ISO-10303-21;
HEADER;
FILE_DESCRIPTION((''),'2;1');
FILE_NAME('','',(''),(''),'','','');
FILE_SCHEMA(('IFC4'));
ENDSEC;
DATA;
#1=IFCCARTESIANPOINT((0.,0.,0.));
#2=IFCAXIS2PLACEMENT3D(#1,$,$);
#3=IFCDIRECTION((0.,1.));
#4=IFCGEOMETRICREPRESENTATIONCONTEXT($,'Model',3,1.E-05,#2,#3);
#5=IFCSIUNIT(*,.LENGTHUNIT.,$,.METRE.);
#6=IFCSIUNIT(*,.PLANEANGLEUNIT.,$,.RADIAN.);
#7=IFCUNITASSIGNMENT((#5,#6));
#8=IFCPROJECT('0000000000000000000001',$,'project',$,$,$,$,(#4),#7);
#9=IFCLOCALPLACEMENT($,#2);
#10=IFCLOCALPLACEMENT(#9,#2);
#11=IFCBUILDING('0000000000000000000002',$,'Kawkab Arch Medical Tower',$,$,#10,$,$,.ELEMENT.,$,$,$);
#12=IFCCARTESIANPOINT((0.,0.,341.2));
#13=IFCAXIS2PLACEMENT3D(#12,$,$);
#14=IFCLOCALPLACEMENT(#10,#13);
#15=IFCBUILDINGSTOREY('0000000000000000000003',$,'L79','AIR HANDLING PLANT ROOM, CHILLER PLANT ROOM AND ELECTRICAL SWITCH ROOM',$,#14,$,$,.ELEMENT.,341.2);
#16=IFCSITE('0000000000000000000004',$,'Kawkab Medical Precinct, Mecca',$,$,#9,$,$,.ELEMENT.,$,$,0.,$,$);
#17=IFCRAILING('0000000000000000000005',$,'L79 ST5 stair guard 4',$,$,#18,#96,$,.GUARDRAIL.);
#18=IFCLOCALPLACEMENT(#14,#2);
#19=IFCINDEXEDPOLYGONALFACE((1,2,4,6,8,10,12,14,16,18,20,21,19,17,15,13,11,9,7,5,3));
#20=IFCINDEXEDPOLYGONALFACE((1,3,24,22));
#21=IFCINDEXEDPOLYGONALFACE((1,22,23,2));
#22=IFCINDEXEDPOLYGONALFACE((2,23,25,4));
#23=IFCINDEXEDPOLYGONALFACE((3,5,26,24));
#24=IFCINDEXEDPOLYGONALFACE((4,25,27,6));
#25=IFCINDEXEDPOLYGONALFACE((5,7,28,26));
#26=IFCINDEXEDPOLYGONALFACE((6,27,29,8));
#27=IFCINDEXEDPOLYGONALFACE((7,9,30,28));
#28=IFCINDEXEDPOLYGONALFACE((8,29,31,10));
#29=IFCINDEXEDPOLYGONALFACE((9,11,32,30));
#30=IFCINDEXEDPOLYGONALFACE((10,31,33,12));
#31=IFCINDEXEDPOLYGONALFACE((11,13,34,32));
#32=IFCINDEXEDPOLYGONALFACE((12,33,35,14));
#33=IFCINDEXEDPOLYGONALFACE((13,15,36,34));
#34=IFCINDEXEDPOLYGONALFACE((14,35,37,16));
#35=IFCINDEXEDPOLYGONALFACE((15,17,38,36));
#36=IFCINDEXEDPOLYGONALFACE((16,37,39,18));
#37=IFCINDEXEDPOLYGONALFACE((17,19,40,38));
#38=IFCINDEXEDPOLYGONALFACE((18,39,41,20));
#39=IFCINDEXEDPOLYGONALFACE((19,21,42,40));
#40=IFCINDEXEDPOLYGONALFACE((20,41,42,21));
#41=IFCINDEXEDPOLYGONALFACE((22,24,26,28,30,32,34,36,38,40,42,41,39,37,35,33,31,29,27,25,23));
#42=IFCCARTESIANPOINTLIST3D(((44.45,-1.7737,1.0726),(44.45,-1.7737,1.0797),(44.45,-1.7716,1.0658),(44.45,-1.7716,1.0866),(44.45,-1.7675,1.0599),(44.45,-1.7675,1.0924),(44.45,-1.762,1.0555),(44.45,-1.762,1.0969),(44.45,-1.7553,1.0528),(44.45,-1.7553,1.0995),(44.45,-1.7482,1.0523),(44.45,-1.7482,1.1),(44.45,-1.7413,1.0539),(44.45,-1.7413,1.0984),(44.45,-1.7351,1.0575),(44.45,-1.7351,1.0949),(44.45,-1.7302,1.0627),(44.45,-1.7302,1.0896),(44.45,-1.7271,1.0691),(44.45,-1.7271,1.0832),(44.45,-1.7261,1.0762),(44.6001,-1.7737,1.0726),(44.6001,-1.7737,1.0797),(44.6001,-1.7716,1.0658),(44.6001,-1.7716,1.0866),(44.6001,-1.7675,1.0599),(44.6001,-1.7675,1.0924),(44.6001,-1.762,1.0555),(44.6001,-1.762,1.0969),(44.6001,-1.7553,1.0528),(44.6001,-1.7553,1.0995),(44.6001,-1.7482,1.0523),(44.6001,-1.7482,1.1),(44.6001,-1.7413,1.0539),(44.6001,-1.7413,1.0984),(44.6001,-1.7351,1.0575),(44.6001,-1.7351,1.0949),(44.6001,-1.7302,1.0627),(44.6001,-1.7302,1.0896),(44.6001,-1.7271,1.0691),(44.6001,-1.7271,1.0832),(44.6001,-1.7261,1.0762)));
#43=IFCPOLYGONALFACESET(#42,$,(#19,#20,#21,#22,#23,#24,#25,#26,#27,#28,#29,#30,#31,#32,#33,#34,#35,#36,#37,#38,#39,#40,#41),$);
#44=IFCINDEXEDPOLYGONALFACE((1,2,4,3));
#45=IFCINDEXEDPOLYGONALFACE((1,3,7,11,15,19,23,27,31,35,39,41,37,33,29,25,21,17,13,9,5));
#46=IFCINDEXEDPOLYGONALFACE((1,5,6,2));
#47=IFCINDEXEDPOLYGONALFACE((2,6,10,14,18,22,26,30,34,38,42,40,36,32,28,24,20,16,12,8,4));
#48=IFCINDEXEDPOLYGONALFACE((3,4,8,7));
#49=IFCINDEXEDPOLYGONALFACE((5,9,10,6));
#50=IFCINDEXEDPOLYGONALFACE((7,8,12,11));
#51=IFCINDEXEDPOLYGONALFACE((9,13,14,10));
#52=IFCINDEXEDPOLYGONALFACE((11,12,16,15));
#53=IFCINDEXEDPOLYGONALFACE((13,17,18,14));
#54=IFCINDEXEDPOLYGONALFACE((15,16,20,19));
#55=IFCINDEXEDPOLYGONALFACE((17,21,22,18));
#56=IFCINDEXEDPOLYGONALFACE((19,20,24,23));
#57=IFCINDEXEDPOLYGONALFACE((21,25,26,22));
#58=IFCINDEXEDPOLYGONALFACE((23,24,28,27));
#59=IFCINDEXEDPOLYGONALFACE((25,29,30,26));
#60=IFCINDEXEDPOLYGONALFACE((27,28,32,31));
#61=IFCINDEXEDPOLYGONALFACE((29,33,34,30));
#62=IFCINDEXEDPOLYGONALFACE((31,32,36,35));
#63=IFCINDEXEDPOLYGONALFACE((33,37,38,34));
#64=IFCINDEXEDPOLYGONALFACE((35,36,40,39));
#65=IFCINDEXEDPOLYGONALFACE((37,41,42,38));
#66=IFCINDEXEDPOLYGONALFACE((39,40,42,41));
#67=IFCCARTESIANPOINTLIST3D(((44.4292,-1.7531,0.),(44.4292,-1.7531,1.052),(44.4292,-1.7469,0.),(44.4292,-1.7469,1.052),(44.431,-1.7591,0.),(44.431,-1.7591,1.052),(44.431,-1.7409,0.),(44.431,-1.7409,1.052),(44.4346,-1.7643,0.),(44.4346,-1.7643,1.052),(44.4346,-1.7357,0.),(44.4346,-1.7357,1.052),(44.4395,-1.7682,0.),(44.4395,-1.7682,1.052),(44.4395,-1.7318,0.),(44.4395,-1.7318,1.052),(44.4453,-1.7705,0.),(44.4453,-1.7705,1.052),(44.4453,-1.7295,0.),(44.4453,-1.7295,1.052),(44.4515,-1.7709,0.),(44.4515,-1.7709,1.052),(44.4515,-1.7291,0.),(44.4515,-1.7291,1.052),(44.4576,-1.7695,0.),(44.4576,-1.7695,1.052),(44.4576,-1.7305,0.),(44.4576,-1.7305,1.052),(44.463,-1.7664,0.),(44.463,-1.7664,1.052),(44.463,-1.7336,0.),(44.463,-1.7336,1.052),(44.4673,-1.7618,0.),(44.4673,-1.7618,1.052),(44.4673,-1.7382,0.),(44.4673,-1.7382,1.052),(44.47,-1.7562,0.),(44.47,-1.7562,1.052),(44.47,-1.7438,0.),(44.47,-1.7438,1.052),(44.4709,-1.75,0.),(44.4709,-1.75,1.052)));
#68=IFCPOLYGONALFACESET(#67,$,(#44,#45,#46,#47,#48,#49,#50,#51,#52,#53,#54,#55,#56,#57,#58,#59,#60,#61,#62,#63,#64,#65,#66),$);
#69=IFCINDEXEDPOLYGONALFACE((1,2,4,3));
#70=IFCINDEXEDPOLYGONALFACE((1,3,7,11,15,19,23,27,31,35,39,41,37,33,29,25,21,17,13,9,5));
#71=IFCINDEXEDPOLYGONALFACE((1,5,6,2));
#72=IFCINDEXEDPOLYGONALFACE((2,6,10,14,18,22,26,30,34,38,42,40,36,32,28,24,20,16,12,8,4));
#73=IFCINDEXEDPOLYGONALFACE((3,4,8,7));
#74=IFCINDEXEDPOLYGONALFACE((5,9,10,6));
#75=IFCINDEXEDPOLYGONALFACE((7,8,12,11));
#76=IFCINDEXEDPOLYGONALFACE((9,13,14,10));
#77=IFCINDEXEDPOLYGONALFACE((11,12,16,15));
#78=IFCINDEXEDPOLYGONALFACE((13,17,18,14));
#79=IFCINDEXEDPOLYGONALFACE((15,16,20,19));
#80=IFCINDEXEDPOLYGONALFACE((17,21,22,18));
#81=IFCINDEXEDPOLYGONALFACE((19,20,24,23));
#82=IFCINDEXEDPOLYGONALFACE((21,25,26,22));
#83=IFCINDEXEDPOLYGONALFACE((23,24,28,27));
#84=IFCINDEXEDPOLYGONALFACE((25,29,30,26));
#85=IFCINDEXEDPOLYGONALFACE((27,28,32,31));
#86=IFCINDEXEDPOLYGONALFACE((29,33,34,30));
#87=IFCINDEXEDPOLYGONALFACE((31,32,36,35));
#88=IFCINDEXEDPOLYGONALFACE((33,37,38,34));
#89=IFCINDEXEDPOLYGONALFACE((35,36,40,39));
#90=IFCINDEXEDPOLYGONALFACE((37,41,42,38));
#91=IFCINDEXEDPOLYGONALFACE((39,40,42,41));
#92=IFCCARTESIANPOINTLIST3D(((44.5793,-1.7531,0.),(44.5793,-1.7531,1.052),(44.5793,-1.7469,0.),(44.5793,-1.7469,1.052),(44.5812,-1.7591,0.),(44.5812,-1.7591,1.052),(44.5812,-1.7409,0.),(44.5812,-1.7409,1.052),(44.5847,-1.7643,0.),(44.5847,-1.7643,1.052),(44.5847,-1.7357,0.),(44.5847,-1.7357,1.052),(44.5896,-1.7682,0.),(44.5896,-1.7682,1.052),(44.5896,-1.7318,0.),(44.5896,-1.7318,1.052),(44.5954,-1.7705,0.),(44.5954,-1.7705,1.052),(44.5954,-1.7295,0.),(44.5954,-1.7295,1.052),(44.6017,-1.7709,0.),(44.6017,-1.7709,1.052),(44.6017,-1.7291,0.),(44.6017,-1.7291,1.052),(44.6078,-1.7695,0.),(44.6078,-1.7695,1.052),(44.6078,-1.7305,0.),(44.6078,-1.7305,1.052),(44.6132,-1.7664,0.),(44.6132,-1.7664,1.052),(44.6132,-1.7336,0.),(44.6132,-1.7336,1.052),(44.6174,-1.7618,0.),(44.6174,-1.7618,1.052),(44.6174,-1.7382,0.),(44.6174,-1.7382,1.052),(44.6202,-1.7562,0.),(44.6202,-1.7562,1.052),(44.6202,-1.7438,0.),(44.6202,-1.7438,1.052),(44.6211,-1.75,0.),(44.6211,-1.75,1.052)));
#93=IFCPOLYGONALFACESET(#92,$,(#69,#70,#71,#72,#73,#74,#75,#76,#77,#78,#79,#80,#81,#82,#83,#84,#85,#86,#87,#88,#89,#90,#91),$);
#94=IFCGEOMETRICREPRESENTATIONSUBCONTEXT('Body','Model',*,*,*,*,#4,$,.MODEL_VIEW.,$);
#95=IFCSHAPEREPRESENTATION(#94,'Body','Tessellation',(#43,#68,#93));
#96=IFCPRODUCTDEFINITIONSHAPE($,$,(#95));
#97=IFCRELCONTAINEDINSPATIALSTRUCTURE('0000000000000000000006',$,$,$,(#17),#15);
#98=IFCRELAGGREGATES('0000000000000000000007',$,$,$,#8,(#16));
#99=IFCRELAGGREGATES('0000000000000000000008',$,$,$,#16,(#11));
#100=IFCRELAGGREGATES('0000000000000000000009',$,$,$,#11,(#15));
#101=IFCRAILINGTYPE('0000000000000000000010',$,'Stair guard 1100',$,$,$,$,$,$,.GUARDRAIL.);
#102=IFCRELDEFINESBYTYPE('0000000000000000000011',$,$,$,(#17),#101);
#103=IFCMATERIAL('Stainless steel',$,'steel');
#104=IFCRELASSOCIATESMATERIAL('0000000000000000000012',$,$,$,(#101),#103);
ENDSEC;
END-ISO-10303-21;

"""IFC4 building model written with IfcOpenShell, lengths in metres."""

from ifc_helpers import new_model, si_unit, direction, frame, origin, origin_2d, place, context, subcontext, project, spatial, circle, extrude, material, type_object, element, save


model = new_model("IFC4")

# Units and contexts
model_context = context("Model", 3, precision=1e-05, world=origin(), true_north=direction((0.0, 1.0)))
body_context = subcontext(model_context, "Body", "Model", "MODEL_VIEW")
ifc_project = project(units=[si_unit("LENGTHUNIT", "METRE"), si_unit("PLANEANGLEUNIT", "RADIAN")], contexts=[model_context])

# Site, building, storey
site_placement = place(None, origin())
site = spatial("IfcSite", under=ifc_project, at=site_placement, Name="Kawkab Medical Precinct, Mecca", CompositionType="ELEMENT", RefElevation=0.0)
building_placement = place(site_placement, origin())
building = spatial("IfcBuilding", under=site, at=building_placement, Name="Kawkab Arch Medical Tower", CompositionType="ELEMENT")
storey_placement = place(building_placement, frame((0.0, 0.0, 341.2)))
storey = spatial("IfcBuildingStorey", under=building, at=storey_placement, Name="L79", Description="AIR HANDLING PLANT ROOM, CHILLER PLANT ROOM AND ELECTRICAL SWITCH ROOM", CompositionType="ELEMENT", Elevation=341.2)

# Railing
ifc_material_1 = material(Name="Stainless steel", Category="steel")
railing_type = type_object("IfcRailingType", Name="Stair guard 1100", PredefinedType="GUARDRAIL", material=ifc_material_1)
railing_1_placement = place(storey_placement, frame((44.45, -1.75, 0.0)))
element("IfcRailing", 1, at=railing_1_placement, inside=storey, type_object=railing_type, Name="L79 ST5 stair guard 4", PredefinedType="GUARDRAIL", context=body_context, shape_type="SweptSolid", body=[
    extrude(circle(Radius=0.0239, at=origin_2d()), frame((0.0, 0.0, 1.0762), z_axis=(1.0, 0.0, 0.0), x_axis=(0.0, 1.0, 0.0)), (0.0, 0.0, 1.0), 0.1501),
    extrude(circle(Radius=0.021, at=origin_2d()), origin(), (0.0, 0.0, 1.0), 1.052),
    extrude(circle(Radius=0.021, at=origin_2d()), frame((0.1501, 0.0, 0.0)), (0.0, 0.0, 1.0), 1.052),
])

save(model, "model.ifc")
